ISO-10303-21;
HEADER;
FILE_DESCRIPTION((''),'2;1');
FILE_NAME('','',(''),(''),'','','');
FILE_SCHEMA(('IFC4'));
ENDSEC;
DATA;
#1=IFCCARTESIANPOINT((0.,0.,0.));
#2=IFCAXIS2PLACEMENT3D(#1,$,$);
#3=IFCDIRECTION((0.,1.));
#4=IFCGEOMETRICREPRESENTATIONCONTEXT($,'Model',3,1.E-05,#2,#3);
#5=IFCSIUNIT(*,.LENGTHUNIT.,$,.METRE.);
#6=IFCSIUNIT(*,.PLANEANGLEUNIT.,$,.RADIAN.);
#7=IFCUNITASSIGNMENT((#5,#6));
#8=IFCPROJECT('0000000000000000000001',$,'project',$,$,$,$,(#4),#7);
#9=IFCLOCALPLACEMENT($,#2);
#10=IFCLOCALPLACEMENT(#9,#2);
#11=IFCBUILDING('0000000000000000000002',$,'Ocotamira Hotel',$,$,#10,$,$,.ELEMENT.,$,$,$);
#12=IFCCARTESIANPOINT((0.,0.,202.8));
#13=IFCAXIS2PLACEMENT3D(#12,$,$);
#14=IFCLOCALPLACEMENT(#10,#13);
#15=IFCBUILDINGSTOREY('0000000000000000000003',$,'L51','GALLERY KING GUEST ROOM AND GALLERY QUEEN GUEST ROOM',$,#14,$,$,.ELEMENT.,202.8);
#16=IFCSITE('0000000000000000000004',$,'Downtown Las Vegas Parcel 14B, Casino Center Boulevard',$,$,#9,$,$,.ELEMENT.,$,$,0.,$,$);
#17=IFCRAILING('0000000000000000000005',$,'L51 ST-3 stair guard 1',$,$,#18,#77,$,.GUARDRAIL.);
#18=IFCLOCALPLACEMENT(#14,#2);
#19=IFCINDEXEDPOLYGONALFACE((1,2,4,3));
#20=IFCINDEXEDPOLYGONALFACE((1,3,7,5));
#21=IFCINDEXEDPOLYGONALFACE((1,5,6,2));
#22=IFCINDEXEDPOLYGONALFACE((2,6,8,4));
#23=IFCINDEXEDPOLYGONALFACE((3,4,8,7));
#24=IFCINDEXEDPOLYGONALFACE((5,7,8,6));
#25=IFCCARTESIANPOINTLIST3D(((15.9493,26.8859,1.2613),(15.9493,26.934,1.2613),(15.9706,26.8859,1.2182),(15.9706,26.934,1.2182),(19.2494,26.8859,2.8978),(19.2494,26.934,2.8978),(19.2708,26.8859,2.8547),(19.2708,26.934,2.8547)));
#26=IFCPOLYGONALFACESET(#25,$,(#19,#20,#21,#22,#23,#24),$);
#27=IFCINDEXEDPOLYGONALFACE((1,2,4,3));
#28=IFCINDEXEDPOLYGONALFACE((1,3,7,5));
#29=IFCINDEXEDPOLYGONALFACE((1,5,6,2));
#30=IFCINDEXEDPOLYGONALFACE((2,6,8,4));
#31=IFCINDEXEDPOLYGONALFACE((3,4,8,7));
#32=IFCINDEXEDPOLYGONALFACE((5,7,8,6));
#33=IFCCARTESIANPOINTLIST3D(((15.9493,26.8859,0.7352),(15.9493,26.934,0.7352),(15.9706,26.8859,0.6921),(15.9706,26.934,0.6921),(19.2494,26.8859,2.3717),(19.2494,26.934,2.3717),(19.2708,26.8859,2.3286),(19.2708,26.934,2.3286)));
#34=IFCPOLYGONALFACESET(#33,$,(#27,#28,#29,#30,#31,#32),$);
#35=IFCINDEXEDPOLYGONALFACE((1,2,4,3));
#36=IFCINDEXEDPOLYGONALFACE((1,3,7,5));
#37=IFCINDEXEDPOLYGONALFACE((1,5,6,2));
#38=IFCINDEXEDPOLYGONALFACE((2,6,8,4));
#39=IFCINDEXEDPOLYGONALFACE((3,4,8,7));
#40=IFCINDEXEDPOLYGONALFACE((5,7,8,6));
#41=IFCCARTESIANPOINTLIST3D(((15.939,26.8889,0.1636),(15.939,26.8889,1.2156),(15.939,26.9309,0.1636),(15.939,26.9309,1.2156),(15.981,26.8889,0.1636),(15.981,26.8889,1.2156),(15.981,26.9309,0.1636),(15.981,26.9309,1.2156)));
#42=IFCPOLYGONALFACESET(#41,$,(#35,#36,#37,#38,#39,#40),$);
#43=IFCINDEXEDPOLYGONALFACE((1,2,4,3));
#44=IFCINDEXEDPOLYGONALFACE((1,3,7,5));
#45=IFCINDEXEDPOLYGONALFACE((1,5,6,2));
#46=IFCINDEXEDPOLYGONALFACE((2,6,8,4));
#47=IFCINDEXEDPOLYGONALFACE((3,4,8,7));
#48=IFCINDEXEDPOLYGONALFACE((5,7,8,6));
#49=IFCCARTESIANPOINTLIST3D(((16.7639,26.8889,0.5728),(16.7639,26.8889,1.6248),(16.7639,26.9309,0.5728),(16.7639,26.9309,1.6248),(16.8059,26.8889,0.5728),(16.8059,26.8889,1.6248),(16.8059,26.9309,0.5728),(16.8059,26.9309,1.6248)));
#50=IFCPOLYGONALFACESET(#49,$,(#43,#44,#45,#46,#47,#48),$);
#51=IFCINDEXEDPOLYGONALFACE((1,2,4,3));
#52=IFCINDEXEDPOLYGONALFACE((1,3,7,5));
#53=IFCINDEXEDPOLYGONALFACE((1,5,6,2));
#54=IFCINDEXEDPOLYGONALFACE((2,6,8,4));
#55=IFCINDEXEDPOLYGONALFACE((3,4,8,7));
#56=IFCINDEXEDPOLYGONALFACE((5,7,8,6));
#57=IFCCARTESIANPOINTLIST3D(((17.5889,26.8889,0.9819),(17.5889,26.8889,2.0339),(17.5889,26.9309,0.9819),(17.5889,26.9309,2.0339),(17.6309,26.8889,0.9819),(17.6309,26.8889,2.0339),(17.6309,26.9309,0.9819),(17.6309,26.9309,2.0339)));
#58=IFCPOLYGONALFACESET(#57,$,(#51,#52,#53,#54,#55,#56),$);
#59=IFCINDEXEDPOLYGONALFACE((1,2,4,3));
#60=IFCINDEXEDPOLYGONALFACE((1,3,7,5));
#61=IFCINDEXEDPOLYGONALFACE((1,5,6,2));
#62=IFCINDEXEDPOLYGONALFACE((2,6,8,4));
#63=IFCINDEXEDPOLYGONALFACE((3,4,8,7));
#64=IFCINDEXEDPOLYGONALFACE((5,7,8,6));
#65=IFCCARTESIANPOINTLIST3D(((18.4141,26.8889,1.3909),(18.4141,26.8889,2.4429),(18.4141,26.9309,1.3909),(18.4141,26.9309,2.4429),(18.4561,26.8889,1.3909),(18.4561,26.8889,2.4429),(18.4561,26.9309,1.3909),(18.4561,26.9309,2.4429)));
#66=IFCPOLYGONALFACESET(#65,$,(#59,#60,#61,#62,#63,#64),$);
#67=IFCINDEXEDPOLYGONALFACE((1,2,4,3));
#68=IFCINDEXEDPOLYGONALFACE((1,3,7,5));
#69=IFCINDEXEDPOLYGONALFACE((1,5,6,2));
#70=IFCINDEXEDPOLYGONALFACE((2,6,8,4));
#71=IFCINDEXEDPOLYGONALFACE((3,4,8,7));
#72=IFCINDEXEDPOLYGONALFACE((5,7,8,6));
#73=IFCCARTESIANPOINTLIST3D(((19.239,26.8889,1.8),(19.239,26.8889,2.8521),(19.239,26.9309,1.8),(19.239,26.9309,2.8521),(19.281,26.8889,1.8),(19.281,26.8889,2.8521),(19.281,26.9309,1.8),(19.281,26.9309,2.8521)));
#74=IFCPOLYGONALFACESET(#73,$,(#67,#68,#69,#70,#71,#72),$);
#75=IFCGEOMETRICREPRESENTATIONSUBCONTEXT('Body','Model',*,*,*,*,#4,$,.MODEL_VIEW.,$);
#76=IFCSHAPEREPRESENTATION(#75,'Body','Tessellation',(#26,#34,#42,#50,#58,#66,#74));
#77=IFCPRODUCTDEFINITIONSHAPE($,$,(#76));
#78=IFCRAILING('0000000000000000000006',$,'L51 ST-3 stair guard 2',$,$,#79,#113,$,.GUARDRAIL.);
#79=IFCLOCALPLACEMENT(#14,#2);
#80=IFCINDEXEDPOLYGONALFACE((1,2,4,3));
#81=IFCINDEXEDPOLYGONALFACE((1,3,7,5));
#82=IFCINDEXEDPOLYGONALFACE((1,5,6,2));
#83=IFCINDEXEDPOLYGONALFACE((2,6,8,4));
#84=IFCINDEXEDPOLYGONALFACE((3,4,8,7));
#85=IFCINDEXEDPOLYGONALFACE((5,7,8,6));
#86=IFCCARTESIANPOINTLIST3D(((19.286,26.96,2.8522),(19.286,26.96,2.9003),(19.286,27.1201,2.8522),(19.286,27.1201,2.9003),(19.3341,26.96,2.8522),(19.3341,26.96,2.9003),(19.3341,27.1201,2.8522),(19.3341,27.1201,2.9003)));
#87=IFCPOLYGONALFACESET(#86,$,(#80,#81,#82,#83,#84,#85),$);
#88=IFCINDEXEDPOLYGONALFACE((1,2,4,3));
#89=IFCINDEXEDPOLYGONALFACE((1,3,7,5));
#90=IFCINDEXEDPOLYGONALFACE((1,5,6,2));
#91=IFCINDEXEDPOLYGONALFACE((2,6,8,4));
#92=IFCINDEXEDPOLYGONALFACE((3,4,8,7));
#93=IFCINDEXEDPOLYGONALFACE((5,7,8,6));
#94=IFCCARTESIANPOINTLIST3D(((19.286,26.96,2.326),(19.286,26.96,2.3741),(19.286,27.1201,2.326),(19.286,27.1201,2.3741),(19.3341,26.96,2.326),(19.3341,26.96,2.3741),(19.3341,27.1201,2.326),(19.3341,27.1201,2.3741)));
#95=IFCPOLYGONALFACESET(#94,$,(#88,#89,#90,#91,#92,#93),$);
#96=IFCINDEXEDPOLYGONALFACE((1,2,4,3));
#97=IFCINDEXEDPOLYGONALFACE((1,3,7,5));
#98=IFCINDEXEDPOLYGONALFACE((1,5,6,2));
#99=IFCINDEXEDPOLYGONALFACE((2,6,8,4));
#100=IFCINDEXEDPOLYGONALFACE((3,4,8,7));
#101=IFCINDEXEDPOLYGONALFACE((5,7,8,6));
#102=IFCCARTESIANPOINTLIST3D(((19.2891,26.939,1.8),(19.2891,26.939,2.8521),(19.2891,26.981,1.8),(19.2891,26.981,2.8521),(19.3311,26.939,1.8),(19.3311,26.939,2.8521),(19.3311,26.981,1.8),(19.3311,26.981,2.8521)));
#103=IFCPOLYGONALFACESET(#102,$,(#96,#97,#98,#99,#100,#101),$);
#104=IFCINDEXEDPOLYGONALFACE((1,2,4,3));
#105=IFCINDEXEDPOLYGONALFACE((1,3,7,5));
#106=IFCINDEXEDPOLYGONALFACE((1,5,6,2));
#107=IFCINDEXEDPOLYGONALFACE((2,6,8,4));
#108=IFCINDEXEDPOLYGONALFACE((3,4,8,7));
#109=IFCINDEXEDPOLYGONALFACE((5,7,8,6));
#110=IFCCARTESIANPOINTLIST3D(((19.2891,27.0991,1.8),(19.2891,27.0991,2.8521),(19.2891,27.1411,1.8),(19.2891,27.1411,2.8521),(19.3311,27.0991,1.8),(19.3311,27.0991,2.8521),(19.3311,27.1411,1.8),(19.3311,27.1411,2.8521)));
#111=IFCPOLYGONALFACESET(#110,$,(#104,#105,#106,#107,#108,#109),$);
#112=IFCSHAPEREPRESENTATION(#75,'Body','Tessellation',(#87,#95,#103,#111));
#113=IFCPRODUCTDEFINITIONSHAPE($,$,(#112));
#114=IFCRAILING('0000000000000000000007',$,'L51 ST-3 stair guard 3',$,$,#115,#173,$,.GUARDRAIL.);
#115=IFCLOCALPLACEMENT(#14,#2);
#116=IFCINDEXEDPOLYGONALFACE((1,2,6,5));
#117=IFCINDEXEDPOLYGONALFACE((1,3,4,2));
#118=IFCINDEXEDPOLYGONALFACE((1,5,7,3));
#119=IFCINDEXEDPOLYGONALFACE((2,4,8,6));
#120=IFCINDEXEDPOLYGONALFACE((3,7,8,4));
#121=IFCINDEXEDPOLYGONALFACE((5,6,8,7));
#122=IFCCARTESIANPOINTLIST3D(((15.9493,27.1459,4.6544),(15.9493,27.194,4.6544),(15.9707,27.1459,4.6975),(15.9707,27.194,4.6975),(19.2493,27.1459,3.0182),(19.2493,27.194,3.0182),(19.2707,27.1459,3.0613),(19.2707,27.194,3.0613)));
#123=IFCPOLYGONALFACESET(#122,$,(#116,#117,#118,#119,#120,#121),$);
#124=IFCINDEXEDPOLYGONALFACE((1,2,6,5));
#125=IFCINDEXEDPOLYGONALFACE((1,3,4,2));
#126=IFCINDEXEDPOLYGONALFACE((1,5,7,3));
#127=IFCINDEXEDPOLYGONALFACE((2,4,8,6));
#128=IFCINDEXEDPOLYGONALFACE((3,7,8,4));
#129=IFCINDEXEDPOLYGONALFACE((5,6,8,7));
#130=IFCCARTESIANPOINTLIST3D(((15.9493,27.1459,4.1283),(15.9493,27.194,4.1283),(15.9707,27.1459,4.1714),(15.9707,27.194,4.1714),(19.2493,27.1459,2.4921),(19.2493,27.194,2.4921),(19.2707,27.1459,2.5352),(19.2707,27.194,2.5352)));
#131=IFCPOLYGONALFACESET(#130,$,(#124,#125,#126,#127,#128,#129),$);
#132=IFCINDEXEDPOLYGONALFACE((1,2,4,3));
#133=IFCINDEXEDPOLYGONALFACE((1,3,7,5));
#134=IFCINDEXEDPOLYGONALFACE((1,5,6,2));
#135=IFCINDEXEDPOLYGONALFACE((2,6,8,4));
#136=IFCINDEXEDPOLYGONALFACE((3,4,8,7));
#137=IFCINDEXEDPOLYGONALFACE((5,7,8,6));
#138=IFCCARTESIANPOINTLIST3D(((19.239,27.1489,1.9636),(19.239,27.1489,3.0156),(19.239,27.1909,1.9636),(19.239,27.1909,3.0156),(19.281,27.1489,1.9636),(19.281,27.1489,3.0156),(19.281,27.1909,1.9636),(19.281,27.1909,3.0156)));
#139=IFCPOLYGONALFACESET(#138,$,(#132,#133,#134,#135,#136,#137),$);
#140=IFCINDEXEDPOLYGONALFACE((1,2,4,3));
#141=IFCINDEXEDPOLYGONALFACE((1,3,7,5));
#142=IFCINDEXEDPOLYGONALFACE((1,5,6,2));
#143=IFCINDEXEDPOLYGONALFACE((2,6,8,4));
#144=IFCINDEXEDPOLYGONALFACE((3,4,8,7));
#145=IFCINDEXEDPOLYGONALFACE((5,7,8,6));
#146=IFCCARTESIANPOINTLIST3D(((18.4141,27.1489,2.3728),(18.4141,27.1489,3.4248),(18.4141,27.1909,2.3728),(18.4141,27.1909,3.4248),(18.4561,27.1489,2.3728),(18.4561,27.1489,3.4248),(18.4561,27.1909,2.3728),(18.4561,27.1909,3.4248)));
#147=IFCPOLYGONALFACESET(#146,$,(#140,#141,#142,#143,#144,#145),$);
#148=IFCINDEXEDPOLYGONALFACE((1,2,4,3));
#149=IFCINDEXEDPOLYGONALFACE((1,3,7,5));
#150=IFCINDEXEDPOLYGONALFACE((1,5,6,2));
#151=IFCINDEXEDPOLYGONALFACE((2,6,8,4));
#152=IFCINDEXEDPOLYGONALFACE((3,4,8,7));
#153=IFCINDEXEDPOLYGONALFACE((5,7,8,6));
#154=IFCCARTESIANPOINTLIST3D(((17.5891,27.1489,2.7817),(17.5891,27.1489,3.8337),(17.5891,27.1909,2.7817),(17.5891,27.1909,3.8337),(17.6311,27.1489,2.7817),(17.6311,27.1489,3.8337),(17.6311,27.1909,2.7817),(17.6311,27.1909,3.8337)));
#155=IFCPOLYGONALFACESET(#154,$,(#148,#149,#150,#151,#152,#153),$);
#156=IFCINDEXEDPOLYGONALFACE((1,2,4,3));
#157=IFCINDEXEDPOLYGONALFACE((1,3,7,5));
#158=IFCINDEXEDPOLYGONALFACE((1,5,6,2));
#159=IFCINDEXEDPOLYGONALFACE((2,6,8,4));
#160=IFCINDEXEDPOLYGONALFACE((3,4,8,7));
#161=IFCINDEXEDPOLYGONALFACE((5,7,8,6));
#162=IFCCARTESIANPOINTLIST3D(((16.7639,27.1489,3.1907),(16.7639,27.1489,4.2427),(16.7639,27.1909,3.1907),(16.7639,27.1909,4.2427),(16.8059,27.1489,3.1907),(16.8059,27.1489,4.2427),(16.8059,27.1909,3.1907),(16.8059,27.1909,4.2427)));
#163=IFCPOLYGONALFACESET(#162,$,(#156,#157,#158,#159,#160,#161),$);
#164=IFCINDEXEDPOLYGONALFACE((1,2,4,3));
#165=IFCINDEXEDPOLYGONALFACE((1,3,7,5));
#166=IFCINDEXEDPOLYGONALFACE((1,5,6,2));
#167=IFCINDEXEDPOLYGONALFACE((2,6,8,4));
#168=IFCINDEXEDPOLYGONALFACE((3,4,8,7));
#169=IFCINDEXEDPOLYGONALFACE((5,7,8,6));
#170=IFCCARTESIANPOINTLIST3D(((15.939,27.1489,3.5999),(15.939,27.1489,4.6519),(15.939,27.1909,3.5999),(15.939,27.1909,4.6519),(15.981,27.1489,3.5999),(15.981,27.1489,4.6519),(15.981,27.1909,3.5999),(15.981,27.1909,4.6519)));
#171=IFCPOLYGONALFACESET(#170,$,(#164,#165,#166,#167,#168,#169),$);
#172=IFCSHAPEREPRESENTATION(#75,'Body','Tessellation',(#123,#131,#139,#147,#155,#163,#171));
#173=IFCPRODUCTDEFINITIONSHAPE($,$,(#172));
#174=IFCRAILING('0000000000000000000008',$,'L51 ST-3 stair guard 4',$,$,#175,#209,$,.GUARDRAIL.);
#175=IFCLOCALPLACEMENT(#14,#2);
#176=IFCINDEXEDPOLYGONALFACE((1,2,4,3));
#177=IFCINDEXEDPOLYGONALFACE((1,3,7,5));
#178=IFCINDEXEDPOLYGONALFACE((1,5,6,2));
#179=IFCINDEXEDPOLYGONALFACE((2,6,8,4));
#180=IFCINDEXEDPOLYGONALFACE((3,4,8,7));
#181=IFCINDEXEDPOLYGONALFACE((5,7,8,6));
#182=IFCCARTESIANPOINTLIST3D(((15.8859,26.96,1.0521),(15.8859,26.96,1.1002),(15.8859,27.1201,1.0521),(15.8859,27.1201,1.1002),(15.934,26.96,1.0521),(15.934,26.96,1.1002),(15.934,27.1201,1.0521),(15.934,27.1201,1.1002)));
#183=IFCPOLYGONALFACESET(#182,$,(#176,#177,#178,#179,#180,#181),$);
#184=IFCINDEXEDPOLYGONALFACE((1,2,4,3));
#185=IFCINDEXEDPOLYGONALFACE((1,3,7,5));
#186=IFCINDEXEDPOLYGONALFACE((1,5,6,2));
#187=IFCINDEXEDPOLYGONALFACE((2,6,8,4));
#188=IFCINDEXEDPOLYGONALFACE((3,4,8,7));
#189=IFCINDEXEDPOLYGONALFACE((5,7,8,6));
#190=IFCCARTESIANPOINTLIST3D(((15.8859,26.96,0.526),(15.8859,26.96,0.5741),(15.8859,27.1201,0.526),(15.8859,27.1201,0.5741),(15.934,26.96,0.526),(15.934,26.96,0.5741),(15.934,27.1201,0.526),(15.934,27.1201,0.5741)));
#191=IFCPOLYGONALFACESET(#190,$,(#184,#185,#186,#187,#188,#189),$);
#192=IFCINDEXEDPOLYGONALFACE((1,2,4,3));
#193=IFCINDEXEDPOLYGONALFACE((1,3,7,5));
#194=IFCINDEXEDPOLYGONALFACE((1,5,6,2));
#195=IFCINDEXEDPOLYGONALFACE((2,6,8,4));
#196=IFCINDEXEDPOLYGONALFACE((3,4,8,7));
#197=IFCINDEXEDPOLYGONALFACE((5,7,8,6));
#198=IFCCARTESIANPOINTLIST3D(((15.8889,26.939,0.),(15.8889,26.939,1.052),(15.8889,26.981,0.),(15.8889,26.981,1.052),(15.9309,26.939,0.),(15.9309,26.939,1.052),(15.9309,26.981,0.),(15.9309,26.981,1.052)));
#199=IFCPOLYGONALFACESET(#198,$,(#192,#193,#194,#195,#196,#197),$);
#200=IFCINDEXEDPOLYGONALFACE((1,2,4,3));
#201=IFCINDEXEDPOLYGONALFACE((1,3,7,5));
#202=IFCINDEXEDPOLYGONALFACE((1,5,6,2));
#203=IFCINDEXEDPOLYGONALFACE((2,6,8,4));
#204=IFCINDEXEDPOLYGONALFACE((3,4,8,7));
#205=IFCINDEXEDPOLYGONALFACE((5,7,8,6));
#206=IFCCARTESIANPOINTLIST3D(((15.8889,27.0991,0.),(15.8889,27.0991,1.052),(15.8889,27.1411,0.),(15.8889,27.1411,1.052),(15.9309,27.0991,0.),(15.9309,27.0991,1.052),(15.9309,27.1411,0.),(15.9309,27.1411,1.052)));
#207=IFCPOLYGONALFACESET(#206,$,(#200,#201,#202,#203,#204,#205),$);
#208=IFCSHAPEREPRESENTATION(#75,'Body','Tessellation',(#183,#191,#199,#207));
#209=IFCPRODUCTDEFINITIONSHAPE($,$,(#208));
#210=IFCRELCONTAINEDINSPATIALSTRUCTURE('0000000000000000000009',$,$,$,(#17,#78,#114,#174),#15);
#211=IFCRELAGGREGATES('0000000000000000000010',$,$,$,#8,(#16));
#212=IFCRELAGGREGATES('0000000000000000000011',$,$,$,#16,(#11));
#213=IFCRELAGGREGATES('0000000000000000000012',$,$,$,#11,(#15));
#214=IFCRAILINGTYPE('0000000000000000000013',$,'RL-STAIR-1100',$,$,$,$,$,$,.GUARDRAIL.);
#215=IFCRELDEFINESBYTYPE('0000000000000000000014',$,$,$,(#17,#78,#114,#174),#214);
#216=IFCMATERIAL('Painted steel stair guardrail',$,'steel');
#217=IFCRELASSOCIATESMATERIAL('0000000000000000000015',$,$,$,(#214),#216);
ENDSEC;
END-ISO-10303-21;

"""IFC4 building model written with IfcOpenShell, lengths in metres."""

from ifc_helpers import new_model, si_unit, direction, frame, origin, origin_2d, place, context, subcontext, project, spatial, rectangle, extrude, material, type_object, element, save


model = new_model("IFC4")

# Units and contexts
model_context = context("Model", 3, precision=1e-05, world=origin(), true_north=direction((0.0, 1.0)))
body_context = subcontext(model_context, "Body", "Model", "MODEL_VIEW")
ifc_project = project(units=[si_unit("LENGTHUNIT", "METRE"), si_unit("PLANEANGLEUNIT", "RADIAN")], contexts=[model_context])

# Site, building, storey
site_placement = place(None, origin())
site = spatial("IfcSite", under=ifc_project, at=site_placement, Name="Downtown Las Vegas Parcel 14B, Casino Center Boulevard", CompositionType="ELEMENT", RefElevation=0.0)
building_placement = place(site_placement, origin())
building = spatial("IfcBuilding", under=site, at=building_placement, Name="Ocotamira Hotel", CompositionType="ELEMENT")
storey_placement = place(building_placement, frame((0.0, 0.0, 202.8)))
storey = spatial("IfcBuildingStorey", under=building, at=storey_placement, Name="L51", Description="GALLERY KING GUEST ROOM AND GALLERY QUEEN GUEST ROOM", CompositionType="ELEMENT", Elevation=202.8)

# Railings
ifc_material_1 = material(Name="Painted steel stair guardrail", Category="steel")
railing_type_1 = type_object("IfcRailingType", Name="RL-STAIR-1100", PredefinedType="GUARDRAIL", material=ifc_material_1)
railing_1_placement = place(storey_placement, frame((15.96, 26.9099, 0.1636)))
element("IfcRailing", 1, at=railing_1_placement, inside=storey, type_object=railing_type_1, Name="L51 ST-3 stair guard 1", PredefinedType="GUARDRAIL", context=body_context, shape_type="SweptSolid", body=[
    extrude(rectangle(XDim=0.0481, YDim=0.0481, at=origin_2d()), frame((0.0, 0.0, 1.0762), z_axis=(0.895894, 0.0, 0.444268), x_axis=(0.0, 1.0, 0.0)), (0.0, 0.0, 1.0), 3.6836),
    extrude(rectangle(XDim=0.0481, YDim=0.0481, at=origin_2d()), frame((0.0, 0.0, 0.55), z_axis=(0.895894, 0.0, 0.444268), x_axis=(0.0, 1.0, 0.0)), (0.0, 0.0, 1.0), 3.6836),
    extrude(rectangle(XDim=0.042, YDim=0.042, at=origin_2d()), origin(), (0.0, 0.0, 1.0), 1.052),
    extrude(rectangle(XDim=0.042, YDim=0.042, at=origin_2d()), frame((0.825, 0.0, 0.4092)), (0.0, 0.0, 1.0), 1.052),
    extrude(rectangle(XDim=0.042, YDim=0.042, at=origin_2d()), frame((1.6499, 0.0, 0.8184)), (0.0, 0.0, 1.0), 1.052),
    extrude(rectangle(XDim=0.042, YDim=0.042, at=origin_2d()), frame((2.4751, 0.0, 1.2273)), (0.0, 0.0, 1.0), 1.052),
    extrude(rectangle(XDim=0.042, YDim=0.042, at=origin_2d()), frame((3.3, 0.0, 1.6365)), (0.0, 0.0, 1.0), 1.052),
])
railing_2_placement = place(storey_placement, frame((19.3101, 26.96, 1.8)))
element("IfcRailing", 2, at=railing_2_placement, inside=storey, type_object=railing_type_1, Name="L51 ST-3 stair guard 2", PredefinedType="GUARDRAIL", context=body_context, shape_type="SweptSolid", body=[
    extrude(rectangle(XDim=0.0481, YDim=0.0481, at=origin_2d()), frame((0.0, 0.0, 1.0762), z_axis=(0.0, 1.0, 0.0), x_axis=(-1.0, 0.0, 0.0)), (0.0, 0.0, 1.0), 0.1602),
    extrude(rectangle(XDim=0.0481, YDim=0.0481, at=origin_2d()), frame((0.0, 0.0, 0.55), z_axis=(0.0, 1.0, 0.0), x_axis=(-1.0, 0.0, 0.0)), (0.0, 0.0, 1.0), 0.1602),
    extrude(rectangle(XDim=0.042, YDim=0.042, at=origin_2d()), origin(), (0.0, 0.0, 1.0), 1.052),
    extrude(rectangle(XDim=0.042, YDim=0.042, at=origin_2d()), frame((0.0, 0.1602, 0.0)), (0.0, 0.0, 1.0), 1.052),
])
railing_3_placement = place(storey_placement, frame((19.26, 27.1699, 1.9636)))
element("IfcRailing", 3, at=railing_3_placement, inside=storey, type_object=railing_type_1, Name="L51 ST-3 stair guard 3", PredefinedType="GUARDRAIL", context=body_context, shape_type="SweptSolid", body=[
    extrude(rectangle(XDim=0.0481, YDim=0.0481, at=origin_2d()), frame((0.0, 0.0, 1.0762), z_axis=(-0.89592, 0.0, 0.444215), x_axis=(0.0, -1.0, 0.0)), (0.0, 0.0, 1.0), 3.6833),
    extrude(rectangle(XDim=0.0481, YDim=0.0481, at=origin_2d()), frame((0.0, 0.0, 0.55), z_axis=(-0.89592, 0.0, 0.444215), x_axis=(0.0, -1.0, 0.0)), (0.0, 0.0, 1.0), 3.6833),
    extrude(rectangle(XDim=0.042, YDim=0.042, at=origin_2d()), origin(), (0.0, 0.0, 1.0), 1.052),
    extrude(rectangle(XDim=0.042, YDim=0.042, at=origin_2d()), frame((-0.825, 0.0, 0.4092)), (0.0, 0.0, 1.0), 1.052),
    extrude(rectangle(XDim=0.042, YDim=0.042, at=origin_2d()), frame((-1.6499, 0.0, 0.8181)), (0.0, 0.0, 1.0), 1.052),
    extrude(rectangle(XDim=0.042, YDim=0.042, at=origin_2d()), frame((-2.4751, 0.0, 1.2271)), (0.0, 0.0, 1.0), 1.052),
    extrude(rectangle(XDim=0.042, YDim=0.042, at=origin_2d()), frame((-3.3, 0.0, 1.6362)), (0.0, 0.0, 1.0), 1.052),
])
railing_4_placement = place(storey_placement, frame((15.9099, 26.96, 0.0)))
element("IfcRailing", 4, at=railing_4_placement, inside=storey, type_object=railing_type_1, Name="L51 ST-3 stair guard 4", PredefinedType="GUARDRAIL", context=body_context, shape_type="SweptSolid", body=[
    extrude(rectangle(XDim=0.0481, YDim=0.0481, at=origin_2d()), frame((0.0, 0.0, 1.0762), z_axis=(0.0, 1.0, 0.0), x_axis=(-1.0, 0.0, 0.0)), (0.0, 0.0, 1.0), 0.1602),
    extrude(rectangle(XDim=0.0481, YDim=0.0481, at=origin_2d()), frame((0.0, 0.0, 0.55), z_axis=(0.0, 1.0, 0.0), x_axis=(-1.0, 0.0, 0.0)), (0.0, 0.0, 1.0), 0.1602),
    extrude(rectangle(XDim=0.042, YDim=0.042, at=origin_2d()), origin(), (0.0, 0.0, 1.0), 1.052),
    extrude(rectangle(XDim=0.042, YDim=0.042, at=origin_2d()), frame((0.0, 0.1602, 0.0)), (0.0, 0.0, 1.0), 1.052),
])

save(model, "model.ifc")
